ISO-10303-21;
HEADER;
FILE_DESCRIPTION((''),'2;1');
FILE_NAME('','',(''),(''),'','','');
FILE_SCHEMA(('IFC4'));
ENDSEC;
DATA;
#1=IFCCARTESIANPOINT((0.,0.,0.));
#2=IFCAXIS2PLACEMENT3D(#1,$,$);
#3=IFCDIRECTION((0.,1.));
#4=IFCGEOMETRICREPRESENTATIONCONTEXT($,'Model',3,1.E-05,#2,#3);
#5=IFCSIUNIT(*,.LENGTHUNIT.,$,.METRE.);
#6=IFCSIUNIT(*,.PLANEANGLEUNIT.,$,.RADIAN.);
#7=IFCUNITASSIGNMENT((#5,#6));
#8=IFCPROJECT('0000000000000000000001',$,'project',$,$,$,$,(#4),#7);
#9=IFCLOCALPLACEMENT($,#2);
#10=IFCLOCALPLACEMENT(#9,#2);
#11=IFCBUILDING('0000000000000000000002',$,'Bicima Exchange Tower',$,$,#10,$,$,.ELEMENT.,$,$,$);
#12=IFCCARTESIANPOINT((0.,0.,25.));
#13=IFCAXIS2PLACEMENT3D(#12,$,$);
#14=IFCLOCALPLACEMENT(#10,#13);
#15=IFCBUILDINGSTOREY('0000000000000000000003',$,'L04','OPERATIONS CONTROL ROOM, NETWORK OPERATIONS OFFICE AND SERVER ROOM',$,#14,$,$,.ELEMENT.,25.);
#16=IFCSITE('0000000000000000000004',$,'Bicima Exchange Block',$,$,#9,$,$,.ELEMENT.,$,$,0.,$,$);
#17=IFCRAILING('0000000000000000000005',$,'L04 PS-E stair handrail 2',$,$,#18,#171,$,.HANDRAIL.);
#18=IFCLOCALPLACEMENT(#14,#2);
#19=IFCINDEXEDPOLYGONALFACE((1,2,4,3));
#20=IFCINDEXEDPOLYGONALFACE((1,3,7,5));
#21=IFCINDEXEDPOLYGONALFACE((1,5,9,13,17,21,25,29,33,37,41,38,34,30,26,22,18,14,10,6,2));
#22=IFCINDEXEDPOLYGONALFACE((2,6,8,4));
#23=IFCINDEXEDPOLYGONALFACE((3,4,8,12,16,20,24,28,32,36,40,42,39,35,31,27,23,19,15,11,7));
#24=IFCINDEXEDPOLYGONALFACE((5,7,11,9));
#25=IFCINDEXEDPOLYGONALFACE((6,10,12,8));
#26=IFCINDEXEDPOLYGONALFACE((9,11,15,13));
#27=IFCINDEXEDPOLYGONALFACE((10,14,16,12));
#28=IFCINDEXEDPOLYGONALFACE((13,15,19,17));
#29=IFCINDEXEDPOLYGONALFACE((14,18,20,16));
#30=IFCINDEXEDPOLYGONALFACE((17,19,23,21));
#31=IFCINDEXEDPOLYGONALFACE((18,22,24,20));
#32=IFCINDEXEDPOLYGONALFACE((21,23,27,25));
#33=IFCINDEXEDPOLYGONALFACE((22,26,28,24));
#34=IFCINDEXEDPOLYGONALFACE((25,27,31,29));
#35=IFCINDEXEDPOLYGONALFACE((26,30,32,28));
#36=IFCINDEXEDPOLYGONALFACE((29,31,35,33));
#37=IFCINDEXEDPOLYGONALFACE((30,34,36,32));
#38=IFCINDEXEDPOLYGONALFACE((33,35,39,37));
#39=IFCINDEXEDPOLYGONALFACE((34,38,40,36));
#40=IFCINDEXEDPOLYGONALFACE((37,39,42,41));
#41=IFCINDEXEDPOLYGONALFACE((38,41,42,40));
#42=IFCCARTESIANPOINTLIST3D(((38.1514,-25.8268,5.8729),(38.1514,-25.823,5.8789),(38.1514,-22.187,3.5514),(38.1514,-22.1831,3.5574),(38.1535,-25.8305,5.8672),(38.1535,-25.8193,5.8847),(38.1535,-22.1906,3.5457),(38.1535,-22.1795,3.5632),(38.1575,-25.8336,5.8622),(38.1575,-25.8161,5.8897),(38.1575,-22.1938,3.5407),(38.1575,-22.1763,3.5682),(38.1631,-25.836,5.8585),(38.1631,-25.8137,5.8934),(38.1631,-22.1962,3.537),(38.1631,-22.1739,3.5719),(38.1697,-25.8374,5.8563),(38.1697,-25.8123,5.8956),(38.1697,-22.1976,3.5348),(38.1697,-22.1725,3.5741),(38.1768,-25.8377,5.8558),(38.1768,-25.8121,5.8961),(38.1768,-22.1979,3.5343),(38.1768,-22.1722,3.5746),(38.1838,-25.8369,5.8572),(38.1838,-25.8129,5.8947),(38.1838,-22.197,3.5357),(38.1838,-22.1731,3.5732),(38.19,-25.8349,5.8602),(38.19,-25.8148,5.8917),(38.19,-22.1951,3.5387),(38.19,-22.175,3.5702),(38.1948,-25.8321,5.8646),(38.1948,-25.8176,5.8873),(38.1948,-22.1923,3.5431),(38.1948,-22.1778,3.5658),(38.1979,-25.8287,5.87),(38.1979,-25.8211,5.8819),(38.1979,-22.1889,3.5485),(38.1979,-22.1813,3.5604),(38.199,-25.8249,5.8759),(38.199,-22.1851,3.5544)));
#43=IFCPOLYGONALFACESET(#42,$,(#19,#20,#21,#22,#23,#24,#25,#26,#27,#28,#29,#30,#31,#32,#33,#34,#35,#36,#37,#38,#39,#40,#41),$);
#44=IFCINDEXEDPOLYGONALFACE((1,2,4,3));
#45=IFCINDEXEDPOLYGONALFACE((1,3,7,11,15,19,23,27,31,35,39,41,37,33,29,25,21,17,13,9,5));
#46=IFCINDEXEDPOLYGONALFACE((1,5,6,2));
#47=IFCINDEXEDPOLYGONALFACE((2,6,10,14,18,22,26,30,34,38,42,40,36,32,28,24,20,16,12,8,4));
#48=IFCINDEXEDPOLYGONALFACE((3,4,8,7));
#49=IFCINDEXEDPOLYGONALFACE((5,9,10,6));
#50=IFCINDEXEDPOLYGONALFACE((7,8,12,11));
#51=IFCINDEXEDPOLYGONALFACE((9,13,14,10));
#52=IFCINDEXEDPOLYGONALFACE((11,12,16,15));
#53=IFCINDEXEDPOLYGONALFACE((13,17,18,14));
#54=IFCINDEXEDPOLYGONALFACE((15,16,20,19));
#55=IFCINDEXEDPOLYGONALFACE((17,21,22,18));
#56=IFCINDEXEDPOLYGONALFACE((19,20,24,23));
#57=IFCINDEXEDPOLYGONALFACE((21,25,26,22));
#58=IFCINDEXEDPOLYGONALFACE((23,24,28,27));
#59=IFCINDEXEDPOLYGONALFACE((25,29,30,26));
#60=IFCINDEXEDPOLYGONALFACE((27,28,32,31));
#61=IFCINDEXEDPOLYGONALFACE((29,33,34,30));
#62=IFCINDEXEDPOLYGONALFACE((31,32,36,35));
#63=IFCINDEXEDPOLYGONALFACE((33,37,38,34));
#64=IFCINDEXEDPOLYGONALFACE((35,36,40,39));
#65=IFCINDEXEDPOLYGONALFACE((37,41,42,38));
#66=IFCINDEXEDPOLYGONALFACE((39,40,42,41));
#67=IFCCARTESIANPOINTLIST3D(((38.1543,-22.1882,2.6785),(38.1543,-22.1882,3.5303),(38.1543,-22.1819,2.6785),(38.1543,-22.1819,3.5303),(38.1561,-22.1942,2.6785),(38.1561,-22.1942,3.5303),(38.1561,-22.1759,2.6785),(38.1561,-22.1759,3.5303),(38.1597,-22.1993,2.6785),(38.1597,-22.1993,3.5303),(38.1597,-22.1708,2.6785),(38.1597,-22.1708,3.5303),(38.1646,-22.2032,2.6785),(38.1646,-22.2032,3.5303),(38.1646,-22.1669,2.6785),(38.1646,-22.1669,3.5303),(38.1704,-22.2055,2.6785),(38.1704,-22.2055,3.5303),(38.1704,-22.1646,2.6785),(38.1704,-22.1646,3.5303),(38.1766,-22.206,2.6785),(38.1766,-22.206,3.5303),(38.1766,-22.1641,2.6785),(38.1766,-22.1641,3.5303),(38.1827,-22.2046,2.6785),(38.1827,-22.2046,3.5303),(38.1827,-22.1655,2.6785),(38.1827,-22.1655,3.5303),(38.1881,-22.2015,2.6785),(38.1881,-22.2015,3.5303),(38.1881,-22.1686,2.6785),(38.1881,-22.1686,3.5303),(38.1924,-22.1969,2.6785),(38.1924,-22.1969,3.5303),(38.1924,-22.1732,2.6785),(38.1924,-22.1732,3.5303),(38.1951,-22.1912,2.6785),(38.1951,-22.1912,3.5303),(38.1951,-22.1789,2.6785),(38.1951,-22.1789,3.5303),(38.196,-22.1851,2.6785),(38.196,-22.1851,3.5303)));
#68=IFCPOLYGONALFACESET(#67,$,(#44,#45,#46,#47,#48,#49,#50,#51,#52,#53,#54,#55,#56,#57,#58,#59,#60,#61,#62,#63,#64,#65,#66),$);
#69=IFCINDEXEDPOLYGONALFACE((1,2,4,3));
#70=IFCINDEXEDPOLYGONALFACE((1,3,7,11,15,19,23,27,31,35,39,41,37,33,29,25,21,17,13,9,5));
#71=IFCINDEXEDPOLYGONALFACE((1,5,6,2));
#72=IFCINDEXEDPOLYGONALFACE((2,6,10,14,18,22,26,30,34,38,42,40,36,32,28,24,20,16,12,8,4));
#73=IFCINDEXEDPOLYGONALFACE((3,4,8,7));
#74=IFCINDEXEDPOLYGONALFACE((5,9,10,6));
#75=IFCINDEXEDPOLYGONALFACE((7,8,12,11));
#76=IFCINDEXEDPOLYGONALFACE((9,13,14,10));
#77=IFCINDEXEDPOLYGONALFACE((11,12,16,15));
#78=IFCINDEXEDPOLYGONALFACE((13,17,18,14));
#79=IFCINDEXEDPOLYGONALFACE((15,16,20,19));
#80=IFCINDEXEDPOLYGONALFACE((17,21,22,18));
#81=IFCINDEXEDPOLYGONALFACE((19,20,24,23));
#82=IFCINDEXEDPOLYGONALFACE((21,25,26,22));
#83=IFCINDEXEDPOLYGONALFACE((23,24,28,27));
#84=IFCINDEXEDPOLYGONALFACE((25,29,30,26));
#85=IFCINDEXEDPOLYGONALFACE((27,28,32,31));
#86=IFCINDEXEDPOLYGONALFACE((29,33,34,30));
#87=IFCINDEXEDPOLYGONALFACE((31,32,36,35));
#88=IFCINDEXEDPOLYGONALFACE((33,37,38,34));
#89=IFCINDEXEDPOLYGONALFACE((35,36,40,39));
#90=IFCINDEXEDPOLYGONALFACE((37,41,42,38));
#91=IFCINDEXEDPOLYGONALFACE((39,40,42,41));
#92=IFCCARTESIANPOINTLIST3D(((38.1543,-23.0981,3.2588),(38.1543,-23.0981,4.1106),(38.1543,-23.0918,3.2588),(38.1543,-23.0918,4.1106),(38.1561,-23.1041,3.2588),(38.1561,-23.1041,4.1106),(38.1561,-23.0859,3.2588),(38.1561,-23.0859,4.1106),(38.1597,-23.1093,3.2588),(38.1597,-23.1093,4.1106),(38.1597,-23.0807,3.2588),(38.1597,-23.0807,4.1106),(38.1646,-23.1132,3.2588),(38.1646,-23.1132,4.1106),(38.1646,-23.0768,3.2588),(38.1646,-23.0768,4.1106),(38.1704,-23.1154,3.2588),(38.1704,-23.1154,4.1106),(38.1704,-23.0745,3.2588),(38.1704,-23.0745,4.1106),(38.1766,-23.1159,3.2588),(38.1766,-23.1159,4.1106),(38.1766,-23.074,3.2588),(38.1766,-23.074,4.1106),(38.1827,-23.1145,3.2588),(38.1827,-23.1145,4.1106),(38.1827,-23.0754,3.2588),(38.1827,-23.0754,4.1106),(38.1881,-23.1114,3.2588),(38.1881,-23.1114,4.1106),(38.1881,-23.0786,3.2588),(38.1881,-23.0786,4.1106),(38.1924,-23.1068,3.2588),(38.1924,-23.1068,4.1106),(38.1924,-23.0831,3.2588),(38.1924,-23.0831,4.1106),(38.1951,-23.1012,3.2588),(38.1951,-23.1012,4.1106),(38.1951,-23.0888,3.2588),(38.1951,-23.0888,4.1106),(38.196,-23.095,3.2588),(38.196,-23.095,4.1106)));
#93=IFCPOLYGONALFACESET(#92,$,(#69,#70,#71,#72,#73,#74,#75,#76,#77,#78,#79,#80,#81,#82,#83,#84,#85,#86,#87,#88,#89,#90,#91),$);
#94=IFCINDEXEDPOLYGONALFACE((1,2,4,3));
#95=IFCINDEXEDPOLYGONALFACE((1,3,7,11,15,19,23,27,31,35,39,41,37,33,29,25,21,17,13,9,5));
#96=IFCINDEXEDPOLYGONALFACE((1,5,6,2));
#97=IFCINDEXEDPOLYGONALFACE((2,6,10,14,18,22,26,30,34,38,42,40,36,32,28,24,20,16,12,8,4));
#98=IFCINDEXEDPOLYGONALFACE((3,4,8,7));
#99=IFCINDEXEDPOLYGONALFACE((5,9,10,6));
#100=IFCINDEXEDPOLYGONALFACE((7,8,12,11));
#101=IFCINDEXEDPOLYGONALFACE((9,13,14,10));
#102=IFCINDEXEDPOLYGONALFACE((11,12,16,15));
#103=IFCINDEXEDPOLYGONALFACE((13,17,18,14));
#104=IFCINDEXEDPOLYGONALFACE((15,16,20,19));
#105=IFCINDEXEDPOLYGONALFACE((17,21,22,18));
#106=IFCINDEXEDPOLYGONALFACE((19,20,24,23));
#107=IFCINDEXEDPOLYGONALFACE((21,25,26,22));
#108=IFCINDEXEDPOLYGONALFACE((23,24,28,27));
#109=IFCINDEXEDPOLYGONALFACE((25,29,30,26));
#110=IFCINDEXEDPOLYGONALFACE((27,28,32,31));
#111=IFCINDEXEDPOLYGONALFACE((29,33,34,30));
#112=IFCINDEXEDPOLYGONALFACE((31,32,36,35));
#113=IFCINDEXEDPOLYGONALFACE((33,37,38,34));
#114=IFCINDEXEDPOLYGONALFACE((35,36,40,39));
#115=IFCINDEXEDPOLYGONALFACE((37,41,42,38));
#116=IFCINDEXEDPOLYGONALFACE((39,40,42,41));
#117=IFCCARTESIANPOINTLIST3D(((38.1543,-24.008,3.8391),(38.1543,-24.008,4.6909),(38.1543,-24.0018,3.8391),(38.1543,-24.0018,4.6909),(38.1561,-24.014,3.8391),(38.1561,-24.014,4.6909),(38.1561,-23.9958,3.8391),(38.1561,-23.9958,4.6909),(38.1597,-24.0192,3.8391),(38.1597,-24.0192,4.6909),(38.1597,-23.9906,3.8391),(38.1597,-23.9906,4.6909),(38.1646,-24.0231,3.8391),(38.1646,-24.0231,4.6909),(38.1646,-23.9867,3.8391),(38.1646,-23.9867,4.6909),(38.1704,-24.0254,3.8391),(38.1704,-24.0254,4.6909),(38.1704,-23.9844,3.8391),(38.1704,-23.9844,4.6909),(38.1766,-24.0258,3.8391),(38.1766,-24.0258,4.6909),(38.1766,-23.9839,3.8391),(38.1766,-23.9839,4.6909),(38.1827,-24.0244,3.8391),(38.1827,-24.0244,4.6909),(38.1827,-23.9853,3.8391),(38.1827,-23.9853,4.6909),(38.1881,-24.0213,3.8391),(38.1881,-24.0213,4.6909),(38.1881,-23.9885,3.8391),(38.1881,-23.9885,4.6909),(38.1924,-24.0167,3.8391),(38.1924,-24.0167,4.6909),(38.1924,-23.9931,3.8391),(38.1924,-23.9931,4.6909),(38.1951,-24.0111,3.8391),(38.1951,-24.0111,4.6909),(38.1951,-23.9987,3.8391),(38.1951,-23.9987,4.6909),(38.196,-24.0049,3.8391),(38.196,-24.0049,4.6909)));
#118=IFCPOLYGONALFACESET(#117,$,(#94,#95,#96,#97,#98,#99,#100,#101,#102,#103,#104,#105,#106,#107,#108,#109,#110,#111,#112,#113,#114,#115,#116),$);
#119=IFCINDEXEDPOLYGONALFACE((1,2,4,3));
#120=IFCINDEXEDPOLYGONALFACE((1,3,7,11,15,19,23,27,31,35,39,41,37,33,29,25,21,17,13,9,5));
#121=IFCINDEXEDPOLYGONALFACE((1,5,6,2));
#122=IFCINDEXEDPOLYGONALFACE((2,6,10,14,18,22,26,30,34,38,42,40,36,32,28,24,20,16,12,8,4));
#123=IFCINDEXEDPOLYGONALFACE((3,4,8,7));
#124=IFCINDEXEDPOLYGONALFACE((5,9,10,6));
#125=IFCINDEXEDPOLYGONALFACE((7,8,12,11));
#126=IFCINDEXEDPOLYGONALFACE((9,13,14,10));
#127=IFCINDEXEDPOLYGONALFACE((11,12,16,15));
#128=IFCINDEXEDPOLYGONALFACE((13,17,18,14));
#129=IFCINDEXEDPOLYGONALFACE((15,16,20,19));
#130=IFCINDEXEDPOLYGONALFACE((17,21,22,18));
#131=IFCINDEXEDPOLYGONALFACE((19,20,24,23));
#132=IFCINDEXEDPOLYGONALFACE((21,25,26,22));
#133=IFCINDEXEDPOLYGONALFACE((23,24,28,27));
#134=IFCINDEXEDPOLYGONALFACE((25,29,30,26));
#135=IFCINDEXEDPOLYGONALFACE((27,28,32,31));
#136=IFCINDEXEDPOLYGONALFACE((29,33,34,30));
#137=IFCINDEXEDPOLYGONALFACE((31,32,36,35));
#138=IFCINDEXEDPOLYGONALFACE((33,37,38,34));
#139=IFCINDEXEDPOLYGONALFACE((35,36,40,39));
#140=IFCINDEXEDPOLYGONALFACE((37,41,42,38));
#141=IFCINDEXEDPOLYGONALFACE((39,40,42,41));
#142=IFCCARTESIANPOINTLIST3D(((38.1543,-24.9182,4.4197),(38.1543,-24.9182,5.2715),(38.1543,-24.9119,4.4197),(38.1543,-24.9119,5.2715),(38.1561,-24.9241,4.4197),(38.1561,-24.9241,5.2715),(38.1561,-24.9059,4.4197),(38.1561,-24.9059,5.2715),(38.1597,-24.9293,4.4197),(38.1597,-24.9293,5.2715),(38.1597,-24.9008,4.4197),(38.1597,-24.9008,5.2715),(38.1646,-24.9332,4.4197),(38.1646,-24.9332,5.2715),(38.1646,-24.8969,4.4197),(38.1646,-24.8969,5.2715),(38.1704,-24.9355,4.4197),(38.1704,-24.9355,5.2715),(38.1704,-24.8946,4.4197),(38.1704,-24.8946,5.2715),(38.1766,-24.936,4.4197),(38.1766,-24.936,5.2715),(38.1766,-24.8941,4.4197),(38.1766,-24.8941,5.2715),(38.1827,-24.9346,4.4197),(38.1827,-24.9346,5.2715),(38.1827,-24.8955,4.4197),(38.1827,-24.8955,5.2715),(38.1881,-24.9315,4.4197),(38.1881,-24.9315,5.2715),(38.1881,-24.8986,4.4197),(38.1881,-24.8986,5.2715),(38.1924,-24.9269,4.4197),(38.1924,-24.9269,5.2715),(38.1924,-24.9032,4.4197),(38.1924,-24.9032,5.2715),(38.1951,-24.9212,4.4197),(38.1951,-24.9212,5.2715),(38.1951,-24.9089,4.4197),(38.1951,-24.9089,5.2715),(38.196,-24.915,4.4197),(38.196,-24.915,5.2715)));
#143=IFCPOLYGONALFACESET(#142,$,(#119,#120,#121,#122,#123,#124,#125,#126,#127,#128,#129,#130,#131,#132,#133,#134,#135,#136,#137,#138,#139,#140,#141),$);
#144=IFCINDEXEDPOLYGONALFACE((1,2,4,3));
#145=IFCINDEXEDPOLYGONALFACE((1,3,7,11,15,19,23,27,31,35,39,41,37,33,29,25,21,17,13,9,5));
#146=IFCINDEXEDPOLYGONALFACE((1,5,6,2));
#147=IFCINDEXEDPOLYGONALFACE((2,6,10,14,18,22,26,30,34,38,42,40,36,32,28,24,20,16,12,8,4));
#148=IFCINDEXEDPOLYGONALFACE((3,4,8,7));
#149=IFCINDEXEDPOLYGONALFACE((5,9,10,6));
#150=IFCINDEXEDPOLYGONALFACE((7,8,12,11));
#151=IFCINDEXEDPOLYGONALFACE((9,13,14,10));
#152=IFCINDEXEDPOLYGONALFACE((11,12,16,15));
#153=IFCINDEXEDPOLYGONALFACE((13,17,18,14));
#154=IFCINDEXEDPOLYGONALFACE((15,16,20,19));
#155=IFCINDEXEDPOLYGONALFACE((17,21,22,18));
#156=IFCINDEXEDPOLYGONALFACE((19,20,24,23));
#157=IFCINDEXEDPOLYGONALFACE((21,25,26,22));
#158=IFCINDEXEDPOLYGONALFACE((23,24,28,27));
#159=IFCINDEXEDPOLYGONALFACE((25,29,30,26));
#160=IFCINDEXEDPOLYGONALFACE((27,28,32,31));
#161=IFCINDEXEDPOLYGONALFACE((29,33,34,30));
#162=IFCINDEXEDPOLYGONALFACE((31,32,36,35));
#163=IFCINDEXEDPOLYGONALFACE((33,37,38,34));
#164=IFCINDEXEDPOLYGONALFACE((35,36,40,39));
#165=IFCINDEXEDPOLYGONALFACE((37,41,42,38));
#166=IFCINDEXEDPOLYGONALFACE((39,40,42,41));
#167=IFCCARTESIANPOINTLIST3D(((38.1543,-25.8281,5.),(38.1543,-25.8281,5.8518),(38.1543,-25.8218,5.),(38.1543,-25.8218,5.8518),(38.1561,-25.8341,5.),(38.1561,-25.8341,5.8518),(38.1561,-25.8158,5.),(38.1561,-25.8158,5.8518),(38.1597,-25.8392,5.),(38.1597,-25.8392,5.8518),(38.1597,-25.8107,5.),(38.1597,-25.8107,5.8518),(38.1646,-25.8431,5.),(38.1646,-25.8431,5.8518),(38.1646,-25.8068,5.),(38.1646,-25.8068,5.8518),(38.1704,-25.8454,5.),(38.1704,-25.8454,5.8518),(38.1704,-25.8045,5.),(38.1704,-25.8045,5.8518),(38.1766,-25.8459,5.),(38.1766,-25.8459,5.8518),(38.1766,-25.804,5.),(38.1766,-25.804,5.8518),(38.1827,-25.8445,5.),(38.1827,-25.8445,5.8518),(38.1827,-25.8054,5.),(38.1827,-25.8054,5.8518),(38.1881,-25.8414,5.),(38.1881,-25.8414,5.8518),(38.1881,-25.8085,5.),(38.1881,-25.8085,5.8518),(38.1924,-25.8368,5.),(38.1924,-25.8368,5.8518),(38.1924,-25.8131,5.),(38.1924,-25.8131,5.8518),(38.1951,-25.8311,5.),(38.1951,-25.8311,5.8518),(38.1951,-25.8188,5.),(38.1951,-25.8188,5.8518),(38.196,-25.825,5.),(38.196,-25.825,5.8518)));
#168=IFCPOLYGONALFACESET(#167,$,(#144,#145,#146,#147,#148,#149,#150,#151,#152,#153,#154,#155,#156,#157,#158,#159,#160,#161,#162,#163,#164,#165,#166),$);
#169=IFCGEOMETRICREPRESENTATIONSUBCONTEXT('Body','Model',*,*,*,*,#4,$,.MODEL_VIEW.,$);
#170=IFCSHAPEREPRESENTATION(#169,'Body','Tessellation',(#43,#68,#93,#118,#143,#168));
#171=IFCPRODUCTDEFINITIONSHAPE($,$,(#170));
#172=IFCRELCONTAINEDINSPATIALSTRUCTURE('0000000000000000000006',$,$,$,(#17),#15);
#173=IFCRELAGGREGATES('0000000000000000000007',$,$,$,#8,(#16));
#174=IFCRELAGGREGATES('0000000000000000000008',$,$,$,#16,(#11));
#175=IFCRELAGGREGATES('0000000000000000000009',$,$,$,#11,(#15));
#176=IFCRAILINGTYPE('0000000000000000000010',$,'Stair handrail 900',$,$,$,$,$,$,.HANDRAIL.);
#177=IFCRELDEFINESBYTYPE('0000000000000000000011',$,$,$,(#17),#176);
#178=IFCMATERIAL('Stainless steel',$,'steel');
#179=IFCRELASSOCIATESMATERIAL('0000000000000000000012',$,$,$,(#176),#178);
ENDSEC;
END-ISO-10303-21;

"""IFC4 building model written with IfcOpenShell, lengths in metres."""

from ifc_helpers import new_model, si_unit, direction, frame, origin, origin_2d, place, context, subcontext, project, spatial, circle, extrude, material, type_object, element, save


model = new_model("IFC4")

# Units and contexts
model_context = context("Model", 3, precision=1e-05, world=origin(), true_north=direction((0.0, 1.0)))
body_context = subcontext(model_context, "Body", "Model", "MODEL_VIEW")
ifc_project = project(units=[si_unit("LENGTHUNIT", "METRE"), si_unit("PLANEANGLEUNIT", "RADIAN")], contexts=[model_context])

# Site, building, storey
site_placement = place(None, origin())
site = spatial("IfcSite", under=ifc_project, at=site_placement, Name="Bicima Exchange Block", CompositionType="ELEMENT", RefElevation=0.0)
building_placement = place(site_placement, origin())
building = spatial("IfcBuilding", under=site, at=building_placement, Name="Bicima Exchange Tower", CompositionType="ELEMENT")
storey_placement = place(building_placement, frame((0.0, 0.0, 25.0)))
storey = spatial("IfcBuildingStorey", under=building, at=storey_placement, Name="L04", Description="OPERATIONS CONTROL ROOM, NETWORK OPERATIONS OFFICE AND SERVER ROOM", CompositionType="ELEMENT", Elevation=25.0)

# Railing
ifc_material_1 = material(Name="Stainless steel", Category="steel")
railing_type_1 = type_object("IfcRailingType", Name="Stair handrail 900", PredefinedType="HANDRAIL", material=ifc_material_1)
railing_1_placement = place(storey_placement, frame((38.175, -22.1851, 2.6785)))
element("IfcRailing", 1, at=railing_1_placement, inside=storey, type_object=railing_type_1, Name="L04 PS-E stair handrail 2", PredefinedType="HANDRAIL", context=body_context, shape_type="SweptSolid", body=[
    extrude(circle(Radius=0.0239, at=origin_2d()), frame((0.0, 0.0, 0.876), z_axis=(0.0, -0.843112, 0.537739), x_axis=(1.0, 0.0, 0.0)), (0.0, 0.0, 1.0), 4.3171),
    extrude(circle(Radius=0.021, at=origin_2d()), origin(), (0.0, 0.0, 1.0), 0.8518),
    extrude(circle(Radius=0.021, at=origin_2d()), frame((0.0, -0.9099, 0.5803)), (0.0, 0.0, 1.0), 0.8518),
    extrude(circle(Radius=0.021, at=origin_2d()), frame((0.0, -1.8198, 1.1606)), (0.0, 0.0, 1.0), 0.8518),
    extrude(circle(Radius=0.021, at=origin_2d()), frame((0.0, -2.73, 1.7412)), (0.0, 0.0, 1.0), 0.8518),
    extrude(circle(Radius=0.021, at=origin_2d()), frame((0.0, -3.6399, 2.3215)), (0.0, 0.0, 1.0), 0.8518),
])

save(model, "model.ifc")
